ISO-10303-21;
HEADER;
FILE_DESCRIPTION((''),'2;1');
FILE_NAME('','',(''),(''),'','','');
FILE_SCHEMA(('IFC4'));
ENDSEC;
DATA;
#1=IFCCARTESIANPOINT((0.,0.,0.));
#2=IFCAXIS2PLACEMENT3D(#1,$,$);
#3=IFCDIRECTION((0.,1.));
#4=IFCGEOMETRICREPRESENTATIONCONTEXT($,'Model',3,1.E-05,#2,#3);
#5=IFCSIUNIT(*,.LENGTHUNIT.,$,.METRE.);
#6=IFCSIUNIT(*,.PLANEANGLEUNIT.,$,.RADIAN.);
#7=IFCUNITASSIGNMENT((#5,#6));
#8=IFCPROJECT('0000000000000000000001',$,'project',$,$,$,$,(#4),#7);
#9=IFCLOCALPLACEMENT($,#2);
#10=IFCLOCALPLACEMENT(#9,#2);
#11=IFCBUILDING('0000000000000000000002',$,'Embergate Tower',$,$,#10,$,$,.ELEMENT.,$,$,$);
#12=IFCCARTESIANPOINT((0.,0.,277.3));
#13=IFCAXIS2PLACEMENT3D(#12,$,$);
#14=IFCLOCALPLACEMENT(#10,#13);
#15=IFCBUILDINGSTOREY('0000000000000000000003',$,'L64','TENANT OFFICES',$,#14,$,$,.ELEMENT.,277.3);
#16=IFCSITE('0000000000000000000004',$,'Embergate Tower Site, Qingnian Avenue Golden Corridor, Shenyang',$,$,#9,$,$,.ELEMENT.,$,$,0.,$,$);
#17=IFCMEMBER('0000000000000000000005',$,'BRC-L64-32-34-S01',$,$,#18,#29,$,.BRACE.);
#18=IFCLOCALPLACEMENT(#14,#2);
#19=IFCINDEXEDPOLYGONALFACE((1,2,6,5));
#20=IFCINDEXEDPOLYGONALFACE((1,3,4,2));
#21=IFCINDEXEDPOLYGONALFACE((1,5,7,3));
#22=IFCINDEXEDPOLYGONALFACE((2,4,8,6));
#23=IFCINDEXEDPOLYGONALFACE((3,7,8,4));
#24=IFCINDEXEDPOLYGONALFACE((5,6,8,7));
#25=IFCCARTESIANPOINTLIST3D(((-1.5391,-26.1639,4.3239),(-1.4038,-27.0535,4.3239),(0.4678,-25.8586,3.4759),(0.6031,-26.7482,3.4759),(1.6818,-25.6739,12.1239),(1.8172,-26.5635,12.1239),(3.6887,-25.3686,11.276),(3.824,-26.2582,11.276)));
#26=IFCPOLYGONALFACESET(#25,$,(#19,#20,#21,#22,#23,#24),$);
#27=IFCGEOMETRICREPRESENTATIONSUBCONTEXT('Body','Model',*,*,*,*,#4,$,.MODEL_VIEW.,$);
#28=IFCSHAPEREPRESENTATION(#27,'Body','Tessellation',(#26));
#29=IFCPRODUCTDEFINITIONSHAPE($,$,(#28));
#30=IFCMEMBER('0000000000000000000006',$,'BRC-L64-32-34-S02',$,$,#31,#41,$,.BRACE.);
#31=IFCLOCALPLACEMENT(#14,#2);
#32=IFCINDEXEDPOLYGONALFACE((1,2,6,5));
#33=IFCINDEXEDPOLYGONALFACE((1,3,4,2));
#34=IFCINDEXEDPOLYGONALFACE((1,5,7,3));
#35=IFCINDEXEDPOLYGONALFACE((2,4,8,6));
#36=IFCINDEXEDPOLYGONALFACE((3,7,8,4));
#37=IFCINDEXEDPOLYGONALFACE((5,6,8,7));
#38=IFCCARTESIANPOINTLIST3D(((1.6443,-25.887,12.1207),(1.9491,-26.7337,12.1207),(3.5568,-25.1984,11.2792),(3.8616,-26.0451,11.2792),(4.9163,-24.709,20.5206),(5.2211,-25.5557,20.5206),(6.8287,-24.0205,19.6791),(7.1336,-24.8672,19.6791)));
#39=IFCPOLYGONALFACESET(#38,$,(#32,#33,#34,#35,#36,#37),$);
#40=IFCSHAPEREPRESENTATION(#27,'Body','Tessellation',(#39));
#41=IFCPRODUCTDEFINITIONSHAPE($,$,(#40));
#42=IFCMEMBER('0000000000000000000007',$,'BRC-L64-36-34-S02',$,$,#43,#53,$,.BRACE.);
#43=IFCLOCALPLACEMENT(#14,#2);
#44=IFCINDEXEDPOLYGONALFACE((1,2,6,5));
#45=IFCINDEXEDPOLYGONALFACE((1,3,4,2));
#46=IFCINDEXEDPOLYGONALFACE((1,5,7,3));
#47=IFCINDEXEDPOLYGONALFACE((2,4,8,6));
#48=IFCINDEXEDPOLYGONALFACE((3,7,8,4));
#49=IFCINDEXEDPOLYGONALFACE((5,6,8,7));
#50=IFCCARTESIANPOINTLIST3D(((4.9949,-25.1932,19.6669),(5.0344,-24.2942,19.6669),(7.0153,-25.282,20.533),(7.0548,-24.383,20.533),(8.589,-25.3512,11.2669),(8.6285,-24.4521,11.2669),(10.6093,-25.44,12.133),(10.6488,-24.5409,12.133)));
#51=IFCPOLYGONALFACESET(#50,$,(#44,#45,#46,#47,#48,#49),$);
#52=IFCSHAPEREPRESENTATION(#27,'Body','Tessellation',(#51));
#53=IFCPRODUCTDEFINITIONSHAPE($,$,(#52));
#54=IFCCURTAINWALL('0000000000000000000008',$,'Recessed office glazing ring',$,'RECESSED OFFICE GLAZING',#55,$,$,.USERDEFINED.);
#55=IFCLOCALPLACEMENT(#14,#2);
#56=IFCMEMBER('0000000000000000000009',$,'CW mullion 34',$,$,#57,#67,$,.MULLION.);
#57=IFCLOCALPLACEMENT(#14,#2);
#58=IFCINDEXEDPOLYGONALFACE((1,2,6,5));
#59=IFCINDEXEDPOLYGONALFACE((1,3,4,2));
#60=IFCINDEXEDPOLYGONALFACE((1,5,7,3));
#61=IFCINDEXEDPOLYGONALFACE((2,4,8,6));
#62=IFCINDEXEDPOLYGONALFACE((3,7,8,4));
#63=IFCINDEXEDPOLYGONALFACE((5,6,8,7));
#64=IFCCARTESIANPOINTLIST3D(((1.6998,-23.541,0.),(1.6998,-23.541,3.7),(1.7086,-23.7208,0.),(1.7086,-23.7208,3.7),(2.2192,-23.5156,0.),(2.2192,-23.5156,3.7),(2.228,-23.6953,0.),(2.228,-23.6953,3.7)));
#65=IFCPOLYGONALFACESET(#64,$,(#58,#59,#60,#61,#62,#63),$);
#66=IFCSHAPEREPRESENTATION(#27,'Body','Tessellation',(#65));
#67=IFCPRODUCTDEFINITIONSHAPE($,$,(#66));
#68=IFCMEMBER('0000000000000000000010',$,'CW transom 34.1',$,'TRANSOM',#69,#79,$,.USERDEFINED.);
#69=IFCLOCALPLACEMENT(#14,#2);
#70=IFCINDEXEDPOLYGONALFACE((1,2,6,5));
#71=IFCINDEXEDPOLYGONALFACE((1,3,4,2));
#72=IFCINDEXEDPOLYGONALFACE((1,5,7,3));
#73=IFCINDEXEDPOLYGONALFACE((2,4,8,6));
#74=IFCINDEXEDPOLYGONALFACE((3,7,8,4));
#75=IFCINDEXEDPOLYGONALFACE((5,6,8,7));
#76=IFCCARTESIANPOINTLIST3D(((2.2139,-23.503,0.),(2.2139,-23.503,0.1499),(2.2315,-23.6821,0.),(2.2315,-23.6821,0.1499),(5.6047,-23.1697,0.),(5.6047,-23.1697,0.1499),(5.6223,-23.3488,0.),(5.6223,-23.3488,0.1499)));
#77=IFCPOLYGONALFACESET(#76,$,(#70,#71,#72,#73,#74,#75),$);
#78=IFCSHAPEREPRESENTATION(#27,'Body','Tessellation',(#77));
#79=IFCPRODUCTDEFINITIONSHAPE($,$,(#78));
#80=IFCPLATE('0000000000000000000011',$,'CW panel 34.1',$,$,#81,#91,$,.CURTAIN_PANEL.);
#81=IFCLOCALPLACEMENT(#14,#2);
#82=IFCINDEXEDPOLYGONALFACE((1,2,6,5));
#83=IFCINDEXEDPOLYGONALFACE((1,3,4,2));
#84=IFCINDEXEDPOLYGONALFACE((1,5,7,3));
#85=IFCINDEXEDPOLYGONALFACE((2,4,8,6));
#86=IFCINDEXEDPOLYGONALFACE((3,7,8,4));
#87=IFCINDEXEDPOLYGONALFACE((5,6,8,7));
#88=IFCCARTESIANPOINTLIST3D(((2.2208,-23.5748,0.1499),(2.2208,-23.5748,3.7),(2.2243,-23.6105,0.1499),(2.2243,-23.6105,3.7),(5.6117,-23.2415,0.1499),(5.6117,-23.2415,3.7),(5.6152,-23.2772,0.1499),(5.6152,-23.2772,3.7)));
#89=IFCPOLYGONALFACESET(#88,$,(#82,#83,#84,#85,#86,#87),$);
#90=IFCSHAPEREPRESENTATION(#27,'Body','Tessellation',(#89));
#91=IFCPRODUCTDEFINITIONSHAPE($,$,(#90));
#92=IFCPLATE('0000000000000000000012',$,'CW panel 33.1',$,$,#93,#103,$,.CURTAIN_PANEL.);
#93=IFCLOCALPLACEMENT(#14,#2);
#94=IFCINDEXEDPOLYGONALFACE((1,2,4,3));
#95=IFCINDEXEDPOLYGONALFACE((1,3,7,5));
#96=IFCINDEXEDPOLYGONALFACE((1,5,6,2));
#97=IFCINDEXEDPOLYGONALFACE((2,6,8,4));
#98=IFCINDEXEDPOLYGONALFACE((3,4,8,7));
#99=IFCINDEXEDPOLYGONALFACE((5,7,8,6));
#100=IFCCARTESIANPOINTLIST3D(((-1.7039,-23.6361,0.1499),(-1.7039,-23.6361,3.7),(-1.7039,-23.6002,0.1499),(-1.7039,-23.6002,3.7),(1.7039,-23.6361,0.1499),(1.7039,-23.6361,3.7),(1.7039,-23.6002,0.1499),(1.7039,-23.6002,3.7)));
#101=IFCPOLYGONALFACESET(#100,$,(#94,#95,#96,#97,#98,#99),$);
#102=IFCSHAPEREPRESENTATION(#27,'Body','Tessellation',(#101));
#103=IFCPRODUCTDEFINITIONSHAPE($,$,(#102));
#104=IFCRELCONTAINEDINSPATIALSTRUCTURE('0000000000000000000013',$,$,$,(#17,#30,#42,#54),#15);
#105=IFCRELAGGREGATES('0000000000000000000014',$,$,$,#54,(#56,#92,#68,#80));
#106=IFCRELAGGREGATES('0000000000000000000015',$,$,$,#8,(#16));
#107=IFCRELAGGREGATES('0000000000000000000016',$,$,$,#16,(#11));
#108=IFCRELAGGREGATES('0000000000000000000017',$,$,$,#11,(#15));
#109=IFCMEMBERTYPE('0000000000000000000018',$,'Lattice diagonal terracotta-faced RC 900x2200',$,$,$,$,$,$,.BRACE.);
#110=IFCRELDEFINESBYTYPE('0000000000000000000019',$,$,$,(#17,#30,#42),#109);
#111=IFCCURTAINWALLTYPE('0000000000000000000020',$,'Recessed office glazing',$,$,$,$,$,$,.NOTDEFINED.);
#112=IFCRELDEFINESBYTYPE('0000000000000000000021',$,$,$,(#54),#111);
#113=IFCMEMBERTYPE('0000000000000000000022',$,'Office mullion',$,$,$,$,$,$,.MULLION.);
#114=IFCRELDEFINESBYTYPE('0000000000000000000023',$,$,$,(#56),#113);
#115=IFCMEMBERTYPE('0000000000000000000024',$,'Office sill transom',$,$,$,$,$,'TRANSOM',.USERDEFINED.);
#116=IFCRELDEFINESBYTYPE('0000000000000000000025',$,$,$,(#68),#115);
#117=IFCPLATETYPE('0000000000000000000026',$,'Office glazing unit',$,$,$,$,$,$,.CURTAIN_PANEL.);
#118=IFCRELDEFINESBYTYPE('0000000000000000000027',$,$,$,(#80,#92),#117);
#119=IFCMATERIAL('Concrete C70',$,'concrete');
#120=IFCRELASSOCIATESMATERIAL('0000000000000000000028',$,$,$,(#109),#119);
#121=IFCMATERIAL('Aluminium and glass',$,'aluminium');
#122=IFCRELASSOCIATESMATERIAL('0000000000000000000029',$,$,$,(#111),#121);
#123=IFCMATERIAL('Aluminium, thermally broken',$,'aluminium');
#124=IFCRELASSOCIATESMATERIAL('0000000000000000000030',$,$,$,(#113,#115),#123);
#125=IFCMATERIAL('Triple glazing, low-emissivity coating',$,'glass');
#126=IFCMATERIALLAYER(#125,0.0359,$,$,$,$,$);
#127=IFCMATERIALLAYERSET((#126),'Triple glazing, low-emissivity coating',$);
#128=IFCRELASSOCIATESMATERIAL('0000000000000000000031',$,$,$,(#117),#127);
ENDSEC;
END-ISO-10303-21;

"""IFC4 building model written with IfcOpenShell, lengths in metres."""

from ifc_helpers import new_model, si_unit, direction, frame, origin, origin_2d, place, context, subcontext, project, spatial, rectangle, extrude, source, transform, mapped, material, layer, layer_set, material_profile, profile_set, type_object, element, aggregate, save


model = new_model("IFC4")

# Units and contexts
model_context = context("Model", 3, precision=1e-05, world=origin(), true_north=direction((0.0, 1.0)))
body_context = subcontext(model_context, "Body", "Model", "MODEL_VIEW")
ifc_project = project(units=[si_unit("LENGTHUNIT", "METRE"), si_unit("PLANEANGLEUNIT", "RADIAN")], contexts=[model_context])

# Site, building, storey
site_placement = place(None, origin())
site = spatial("IfcSite", under=ifc_project, at=site_placement, Name="Embergate Tower Site, Qingnian Avenue Golden Corridor, Shenyang", CompositionType="ELEMENT", RefElevation=0.0)
building_placement = place(site_placement, origin())
building = spatial("IfcBuilding", under=site, at=building_placement, Name="Embergate Tower", CompositionType="ELEMENT")
storey_placement = place(building_placement, frame((0.0, 0.0, 277.3)))
storey = spatial("IfcBuildingStorey", under=building, at=storey_placement, Name="L64", Description="TENANT OFFICES", CompositionType="ELEMENT", Elevation=277.3)

# Members
ifc_material_1 = material(Name="Concrete C70", Category="concrete")
ifc_material_profile_1 = material_profile(ifc_material_1, rectangle(XDim=0.8999, YDim=2.2, at=origin_2d()), Name="RC 900x2200")
ifc_profile_set_1 = profile_set([ifc_material_profile_1], Name="Concrete C70")
member_type_1 = type_object("IfcMemberType", Name="Lattice diagonal terracotta-faced RC 900x2200", PredefinedType="BRACE", material=ifc_profile_set_1)
shared_shape_1 = source(origin(), body_context, "Body", "SweptSolid", [
    extrude(rectangle(XDim=0.8999, YDim=2.2, at=origin_2d()), origin(), (0.0, 0.0, 1.0), 8.4531),
])
member_1_placement = place(storey_placement, frame((-0.468, -26.4561, 3.8999), z_axis=(0.381036, 0.057966, 0.922741), x_axis=(-0.150396, 0.988626, 0.0)))
element("IfcMember", 1, at=member_1_placement, inside=storey, type_object=member_type_1, Name="BRC-L64-32-34-S01", PredefinedType="BRACE", context=body_context, shape_type="MappedRepresentation", body=[
    mapped(shared_shape_1, transform((0.0, 0.0, 0.0))),
])
shared_shape_2 = source(origin(), body_context, "Body", "SweptSolid", [
    extrude(rectangle(XDim=0.8999, YDim=2.2, at=origin_2d()), origin(), (0.0, 0.0, 1.0), 9.0913),
])
member_2_placement = place(storey_placement, frame((2.7529, -25.9661, 11.7), z_axis=(0.359901, 0.129572, 0.923949), x_axis=(-0.338737, 0.940881, 0.0)))
element("IfcMember", 2, at=member_2_placement, inside=storey, type_object=member_type_1, Name="BRC-L64-32-34-S02", PredefinedType="BRACE", context=body_context, shape_type="MappedRepresentation", body=[
    mapped(shared_shape_2, transform((0.0, 0.0, 0.0))),
])
shared_shape_3 = source(origin(), body_context, "Body", "SweptSolid", [
    extrude(rectangle(XDim=0.8999, YDim=2.2, at=origin_2d()), origin(), (0.0, 0.0, 1.0), 9.1379),
])
member_3_placement = place(storey_placement, frame((9.6189, -24.946, 11.7), z_axis=(-0.393309, 0.017286, 0.919244), x_axis=(-0.043908, -0.999036, 0.0)))
element("IfcMember", 3, at=member_3_placement, inside=storey, type_object=member_type_1, Name="BRC-L64-36-34-S02", PredefinedType="BRACE", context=body_context, shape_type="MappedRepresentation", body=[
    mapped(shared_shape_3, transform((0.0, 0.0, 0.0))),
])

# Curtain wall, members
ifc_material_2 = material(Name="Aluminium and glass", Category="aluminium")
curtain_wall_type = type_object("IfcCurtainWallType", Name="Recessed office glazing", PredefinedType="NOTDEFINED", material=ifc_material_2)
curtain_wall_placement = place(storey_placement, origin())
curtain_wall = element("IfcCurtainWall", 4, at=curtain_wall_placement, inside=storey, type_object=curtain_wall_type, Name="Recessed office glazing ring", ObjectType="RECESSED OFFICE GLAZING", PredefinedType="USERDEFINED")
ifc_material_3 = material(Name="Aluminium, thermally broken", Category="aluminium")
ifc_material_profile_2 = material_profile(ifc_material_3, rectangle(XDim=0.1799, YDim=0.52, at=origin_2d()), Name="AL 520x180")
ifc_profile_set_2 = profile_set([ifc_material_profile_2], Name="Aluminium, thermally broken")
member_type_2 = type_object("IfcMemberType", Name="Office mullion", PredefinedType="MULLION", material=ifc_profile_set_2)
shared_shape_4 = source(origin(), body_context, "Body", "SweptSolid", [
    extrude(rectangle(XDim=0.1799, YDim=0.52, at=origin_2d()), origin(), (0.0, 0.0, 1.0), 3.7),
])
member_4_placement = place(storey_placement, frame((1.9639, -23.6182, 0.0), z_axis=(0.0, 0.0, 1.0), x_axis=(-0.04897, 0.9988, 0.0)))
member_4 = element("IfcMember", 5, at=member_4_placement, type_object=member_type_2, Name="CW mullion 34", PredefinedType="MULLION", context=body_context, shape_type="MappedRepresentation", body=[
    mapped(shared_shape_4, transform((0.0, 0.0, 0.0))),
])
ifc_material_profile_3 = material_profile(ifc_material_3, rectangle(XDim=0.1799, YDim=0.1499, at=origin_2d()), Name="AL 150x180")
ifc_profile_set_3 = profile_set([ifc_material_profile_3], Name="Aluminium, thermally broken")
member_type_3 = type_object("IfcMemberType", Name="Office sill transom", ElementType="TRANSOM", PredefinedType="USERDEFINED", material=ifc_profile_set_3)
shared_shape_5 = source(origin(), body_context, "Body", "SweptSolid", [
    extrude(rectangle(XDim=0.1799, YDim=0.1499, at=origin_2d()), origin(), (0.0, 0.0, 1.0), 3.4072),
])
member_5_placement = place(storey_placement, frame((2.2227, -23.5925, 0.075), z_axis=(0.995205, 0.097808, 0.0), x_axis=(-0.097808, 0.995205, 0.0)))
member_5 = element("IfcMember", 6, at=member_5_placement, type_object=member_type_3, Name="CW transom 34.1", ObjectType="TRANSOM", PredefinedType="USERDEFINED", context=body_context, shape_type="MappedRepresentation", body=[
    mapped(shared_shape_5, transform((0.0, 0.0, 0.0))),
])

# Plates
ifc_material_4 = material(Name="Triple glazing, low-emissivity coating", Category="glass")
ifc_layer_1 = layer(ifc_material_4, 0.0359)
ifc_layer_set_1 = layer_set([ifc_layer_1], Name="Triple glazing, low-emissivity coating")
plate_type = type_object("IfcPlateType", Name="Office glazing unit", PredefinedType="CURTAIN_PANEL", material=ifc_layer_set_1)
shared_shape_6 = source(origin(), body_context, "Body", "SweptSolid", [
    extrude(rectangle(XDim=3.4072, YDim=0.0359, at=origin_2d()), origin(), (0.0, 0.0, 1.0), 3.55),
])
plate_1_placement = place(storey_placement, frame((3.918, -23.426, 0.1499), z_axis=(0.0, 0.0, 1.0), x_axis=(0.995203, 0.09783, 0.0)))
plate_1 = element("IfcPlate", 7, at=plate_1_placement, type_object=plate_type, Name="CW panel 34.1", PredefinedType="CURTAIN_PANEL", context=body_context, shape_type="MappedRepresentation", body=[
    mapped(shared_shape_6, transform((0.0, 0.0, 0.0))),
])
shared_shape_7 = source(origin(), body_context, "Body", "SweptSolid", [
    extrude(rectangle(XDim=3.4077, YDim=0.0359, at=origin_2d()), origin(), (0.0, 0.0, 1.0), 3.55),
])
plate_2_placement = place(storey_placement, frame((0.0, -23.6182, 0.1499), z_axis=(0.0, 0.0, 1.0), x_axis=(1.0, 0.0, 0.0)))
plate_2 = element("IfcPlate", 8, at=plate_2_placement, type_object=plate_type, Name="CW panel 33.1", PredefinedType="CURTAIN_PANEL", context=body_context, shape_type="MappedRepresentation", body=[
    mapped(shared_shape_7, transform((0.0, 0.0, 0.0))),
])
aggregate(curtain_wall, [member_4, plate_2, member_5, plate_1])

save(model, "model.ifc")
